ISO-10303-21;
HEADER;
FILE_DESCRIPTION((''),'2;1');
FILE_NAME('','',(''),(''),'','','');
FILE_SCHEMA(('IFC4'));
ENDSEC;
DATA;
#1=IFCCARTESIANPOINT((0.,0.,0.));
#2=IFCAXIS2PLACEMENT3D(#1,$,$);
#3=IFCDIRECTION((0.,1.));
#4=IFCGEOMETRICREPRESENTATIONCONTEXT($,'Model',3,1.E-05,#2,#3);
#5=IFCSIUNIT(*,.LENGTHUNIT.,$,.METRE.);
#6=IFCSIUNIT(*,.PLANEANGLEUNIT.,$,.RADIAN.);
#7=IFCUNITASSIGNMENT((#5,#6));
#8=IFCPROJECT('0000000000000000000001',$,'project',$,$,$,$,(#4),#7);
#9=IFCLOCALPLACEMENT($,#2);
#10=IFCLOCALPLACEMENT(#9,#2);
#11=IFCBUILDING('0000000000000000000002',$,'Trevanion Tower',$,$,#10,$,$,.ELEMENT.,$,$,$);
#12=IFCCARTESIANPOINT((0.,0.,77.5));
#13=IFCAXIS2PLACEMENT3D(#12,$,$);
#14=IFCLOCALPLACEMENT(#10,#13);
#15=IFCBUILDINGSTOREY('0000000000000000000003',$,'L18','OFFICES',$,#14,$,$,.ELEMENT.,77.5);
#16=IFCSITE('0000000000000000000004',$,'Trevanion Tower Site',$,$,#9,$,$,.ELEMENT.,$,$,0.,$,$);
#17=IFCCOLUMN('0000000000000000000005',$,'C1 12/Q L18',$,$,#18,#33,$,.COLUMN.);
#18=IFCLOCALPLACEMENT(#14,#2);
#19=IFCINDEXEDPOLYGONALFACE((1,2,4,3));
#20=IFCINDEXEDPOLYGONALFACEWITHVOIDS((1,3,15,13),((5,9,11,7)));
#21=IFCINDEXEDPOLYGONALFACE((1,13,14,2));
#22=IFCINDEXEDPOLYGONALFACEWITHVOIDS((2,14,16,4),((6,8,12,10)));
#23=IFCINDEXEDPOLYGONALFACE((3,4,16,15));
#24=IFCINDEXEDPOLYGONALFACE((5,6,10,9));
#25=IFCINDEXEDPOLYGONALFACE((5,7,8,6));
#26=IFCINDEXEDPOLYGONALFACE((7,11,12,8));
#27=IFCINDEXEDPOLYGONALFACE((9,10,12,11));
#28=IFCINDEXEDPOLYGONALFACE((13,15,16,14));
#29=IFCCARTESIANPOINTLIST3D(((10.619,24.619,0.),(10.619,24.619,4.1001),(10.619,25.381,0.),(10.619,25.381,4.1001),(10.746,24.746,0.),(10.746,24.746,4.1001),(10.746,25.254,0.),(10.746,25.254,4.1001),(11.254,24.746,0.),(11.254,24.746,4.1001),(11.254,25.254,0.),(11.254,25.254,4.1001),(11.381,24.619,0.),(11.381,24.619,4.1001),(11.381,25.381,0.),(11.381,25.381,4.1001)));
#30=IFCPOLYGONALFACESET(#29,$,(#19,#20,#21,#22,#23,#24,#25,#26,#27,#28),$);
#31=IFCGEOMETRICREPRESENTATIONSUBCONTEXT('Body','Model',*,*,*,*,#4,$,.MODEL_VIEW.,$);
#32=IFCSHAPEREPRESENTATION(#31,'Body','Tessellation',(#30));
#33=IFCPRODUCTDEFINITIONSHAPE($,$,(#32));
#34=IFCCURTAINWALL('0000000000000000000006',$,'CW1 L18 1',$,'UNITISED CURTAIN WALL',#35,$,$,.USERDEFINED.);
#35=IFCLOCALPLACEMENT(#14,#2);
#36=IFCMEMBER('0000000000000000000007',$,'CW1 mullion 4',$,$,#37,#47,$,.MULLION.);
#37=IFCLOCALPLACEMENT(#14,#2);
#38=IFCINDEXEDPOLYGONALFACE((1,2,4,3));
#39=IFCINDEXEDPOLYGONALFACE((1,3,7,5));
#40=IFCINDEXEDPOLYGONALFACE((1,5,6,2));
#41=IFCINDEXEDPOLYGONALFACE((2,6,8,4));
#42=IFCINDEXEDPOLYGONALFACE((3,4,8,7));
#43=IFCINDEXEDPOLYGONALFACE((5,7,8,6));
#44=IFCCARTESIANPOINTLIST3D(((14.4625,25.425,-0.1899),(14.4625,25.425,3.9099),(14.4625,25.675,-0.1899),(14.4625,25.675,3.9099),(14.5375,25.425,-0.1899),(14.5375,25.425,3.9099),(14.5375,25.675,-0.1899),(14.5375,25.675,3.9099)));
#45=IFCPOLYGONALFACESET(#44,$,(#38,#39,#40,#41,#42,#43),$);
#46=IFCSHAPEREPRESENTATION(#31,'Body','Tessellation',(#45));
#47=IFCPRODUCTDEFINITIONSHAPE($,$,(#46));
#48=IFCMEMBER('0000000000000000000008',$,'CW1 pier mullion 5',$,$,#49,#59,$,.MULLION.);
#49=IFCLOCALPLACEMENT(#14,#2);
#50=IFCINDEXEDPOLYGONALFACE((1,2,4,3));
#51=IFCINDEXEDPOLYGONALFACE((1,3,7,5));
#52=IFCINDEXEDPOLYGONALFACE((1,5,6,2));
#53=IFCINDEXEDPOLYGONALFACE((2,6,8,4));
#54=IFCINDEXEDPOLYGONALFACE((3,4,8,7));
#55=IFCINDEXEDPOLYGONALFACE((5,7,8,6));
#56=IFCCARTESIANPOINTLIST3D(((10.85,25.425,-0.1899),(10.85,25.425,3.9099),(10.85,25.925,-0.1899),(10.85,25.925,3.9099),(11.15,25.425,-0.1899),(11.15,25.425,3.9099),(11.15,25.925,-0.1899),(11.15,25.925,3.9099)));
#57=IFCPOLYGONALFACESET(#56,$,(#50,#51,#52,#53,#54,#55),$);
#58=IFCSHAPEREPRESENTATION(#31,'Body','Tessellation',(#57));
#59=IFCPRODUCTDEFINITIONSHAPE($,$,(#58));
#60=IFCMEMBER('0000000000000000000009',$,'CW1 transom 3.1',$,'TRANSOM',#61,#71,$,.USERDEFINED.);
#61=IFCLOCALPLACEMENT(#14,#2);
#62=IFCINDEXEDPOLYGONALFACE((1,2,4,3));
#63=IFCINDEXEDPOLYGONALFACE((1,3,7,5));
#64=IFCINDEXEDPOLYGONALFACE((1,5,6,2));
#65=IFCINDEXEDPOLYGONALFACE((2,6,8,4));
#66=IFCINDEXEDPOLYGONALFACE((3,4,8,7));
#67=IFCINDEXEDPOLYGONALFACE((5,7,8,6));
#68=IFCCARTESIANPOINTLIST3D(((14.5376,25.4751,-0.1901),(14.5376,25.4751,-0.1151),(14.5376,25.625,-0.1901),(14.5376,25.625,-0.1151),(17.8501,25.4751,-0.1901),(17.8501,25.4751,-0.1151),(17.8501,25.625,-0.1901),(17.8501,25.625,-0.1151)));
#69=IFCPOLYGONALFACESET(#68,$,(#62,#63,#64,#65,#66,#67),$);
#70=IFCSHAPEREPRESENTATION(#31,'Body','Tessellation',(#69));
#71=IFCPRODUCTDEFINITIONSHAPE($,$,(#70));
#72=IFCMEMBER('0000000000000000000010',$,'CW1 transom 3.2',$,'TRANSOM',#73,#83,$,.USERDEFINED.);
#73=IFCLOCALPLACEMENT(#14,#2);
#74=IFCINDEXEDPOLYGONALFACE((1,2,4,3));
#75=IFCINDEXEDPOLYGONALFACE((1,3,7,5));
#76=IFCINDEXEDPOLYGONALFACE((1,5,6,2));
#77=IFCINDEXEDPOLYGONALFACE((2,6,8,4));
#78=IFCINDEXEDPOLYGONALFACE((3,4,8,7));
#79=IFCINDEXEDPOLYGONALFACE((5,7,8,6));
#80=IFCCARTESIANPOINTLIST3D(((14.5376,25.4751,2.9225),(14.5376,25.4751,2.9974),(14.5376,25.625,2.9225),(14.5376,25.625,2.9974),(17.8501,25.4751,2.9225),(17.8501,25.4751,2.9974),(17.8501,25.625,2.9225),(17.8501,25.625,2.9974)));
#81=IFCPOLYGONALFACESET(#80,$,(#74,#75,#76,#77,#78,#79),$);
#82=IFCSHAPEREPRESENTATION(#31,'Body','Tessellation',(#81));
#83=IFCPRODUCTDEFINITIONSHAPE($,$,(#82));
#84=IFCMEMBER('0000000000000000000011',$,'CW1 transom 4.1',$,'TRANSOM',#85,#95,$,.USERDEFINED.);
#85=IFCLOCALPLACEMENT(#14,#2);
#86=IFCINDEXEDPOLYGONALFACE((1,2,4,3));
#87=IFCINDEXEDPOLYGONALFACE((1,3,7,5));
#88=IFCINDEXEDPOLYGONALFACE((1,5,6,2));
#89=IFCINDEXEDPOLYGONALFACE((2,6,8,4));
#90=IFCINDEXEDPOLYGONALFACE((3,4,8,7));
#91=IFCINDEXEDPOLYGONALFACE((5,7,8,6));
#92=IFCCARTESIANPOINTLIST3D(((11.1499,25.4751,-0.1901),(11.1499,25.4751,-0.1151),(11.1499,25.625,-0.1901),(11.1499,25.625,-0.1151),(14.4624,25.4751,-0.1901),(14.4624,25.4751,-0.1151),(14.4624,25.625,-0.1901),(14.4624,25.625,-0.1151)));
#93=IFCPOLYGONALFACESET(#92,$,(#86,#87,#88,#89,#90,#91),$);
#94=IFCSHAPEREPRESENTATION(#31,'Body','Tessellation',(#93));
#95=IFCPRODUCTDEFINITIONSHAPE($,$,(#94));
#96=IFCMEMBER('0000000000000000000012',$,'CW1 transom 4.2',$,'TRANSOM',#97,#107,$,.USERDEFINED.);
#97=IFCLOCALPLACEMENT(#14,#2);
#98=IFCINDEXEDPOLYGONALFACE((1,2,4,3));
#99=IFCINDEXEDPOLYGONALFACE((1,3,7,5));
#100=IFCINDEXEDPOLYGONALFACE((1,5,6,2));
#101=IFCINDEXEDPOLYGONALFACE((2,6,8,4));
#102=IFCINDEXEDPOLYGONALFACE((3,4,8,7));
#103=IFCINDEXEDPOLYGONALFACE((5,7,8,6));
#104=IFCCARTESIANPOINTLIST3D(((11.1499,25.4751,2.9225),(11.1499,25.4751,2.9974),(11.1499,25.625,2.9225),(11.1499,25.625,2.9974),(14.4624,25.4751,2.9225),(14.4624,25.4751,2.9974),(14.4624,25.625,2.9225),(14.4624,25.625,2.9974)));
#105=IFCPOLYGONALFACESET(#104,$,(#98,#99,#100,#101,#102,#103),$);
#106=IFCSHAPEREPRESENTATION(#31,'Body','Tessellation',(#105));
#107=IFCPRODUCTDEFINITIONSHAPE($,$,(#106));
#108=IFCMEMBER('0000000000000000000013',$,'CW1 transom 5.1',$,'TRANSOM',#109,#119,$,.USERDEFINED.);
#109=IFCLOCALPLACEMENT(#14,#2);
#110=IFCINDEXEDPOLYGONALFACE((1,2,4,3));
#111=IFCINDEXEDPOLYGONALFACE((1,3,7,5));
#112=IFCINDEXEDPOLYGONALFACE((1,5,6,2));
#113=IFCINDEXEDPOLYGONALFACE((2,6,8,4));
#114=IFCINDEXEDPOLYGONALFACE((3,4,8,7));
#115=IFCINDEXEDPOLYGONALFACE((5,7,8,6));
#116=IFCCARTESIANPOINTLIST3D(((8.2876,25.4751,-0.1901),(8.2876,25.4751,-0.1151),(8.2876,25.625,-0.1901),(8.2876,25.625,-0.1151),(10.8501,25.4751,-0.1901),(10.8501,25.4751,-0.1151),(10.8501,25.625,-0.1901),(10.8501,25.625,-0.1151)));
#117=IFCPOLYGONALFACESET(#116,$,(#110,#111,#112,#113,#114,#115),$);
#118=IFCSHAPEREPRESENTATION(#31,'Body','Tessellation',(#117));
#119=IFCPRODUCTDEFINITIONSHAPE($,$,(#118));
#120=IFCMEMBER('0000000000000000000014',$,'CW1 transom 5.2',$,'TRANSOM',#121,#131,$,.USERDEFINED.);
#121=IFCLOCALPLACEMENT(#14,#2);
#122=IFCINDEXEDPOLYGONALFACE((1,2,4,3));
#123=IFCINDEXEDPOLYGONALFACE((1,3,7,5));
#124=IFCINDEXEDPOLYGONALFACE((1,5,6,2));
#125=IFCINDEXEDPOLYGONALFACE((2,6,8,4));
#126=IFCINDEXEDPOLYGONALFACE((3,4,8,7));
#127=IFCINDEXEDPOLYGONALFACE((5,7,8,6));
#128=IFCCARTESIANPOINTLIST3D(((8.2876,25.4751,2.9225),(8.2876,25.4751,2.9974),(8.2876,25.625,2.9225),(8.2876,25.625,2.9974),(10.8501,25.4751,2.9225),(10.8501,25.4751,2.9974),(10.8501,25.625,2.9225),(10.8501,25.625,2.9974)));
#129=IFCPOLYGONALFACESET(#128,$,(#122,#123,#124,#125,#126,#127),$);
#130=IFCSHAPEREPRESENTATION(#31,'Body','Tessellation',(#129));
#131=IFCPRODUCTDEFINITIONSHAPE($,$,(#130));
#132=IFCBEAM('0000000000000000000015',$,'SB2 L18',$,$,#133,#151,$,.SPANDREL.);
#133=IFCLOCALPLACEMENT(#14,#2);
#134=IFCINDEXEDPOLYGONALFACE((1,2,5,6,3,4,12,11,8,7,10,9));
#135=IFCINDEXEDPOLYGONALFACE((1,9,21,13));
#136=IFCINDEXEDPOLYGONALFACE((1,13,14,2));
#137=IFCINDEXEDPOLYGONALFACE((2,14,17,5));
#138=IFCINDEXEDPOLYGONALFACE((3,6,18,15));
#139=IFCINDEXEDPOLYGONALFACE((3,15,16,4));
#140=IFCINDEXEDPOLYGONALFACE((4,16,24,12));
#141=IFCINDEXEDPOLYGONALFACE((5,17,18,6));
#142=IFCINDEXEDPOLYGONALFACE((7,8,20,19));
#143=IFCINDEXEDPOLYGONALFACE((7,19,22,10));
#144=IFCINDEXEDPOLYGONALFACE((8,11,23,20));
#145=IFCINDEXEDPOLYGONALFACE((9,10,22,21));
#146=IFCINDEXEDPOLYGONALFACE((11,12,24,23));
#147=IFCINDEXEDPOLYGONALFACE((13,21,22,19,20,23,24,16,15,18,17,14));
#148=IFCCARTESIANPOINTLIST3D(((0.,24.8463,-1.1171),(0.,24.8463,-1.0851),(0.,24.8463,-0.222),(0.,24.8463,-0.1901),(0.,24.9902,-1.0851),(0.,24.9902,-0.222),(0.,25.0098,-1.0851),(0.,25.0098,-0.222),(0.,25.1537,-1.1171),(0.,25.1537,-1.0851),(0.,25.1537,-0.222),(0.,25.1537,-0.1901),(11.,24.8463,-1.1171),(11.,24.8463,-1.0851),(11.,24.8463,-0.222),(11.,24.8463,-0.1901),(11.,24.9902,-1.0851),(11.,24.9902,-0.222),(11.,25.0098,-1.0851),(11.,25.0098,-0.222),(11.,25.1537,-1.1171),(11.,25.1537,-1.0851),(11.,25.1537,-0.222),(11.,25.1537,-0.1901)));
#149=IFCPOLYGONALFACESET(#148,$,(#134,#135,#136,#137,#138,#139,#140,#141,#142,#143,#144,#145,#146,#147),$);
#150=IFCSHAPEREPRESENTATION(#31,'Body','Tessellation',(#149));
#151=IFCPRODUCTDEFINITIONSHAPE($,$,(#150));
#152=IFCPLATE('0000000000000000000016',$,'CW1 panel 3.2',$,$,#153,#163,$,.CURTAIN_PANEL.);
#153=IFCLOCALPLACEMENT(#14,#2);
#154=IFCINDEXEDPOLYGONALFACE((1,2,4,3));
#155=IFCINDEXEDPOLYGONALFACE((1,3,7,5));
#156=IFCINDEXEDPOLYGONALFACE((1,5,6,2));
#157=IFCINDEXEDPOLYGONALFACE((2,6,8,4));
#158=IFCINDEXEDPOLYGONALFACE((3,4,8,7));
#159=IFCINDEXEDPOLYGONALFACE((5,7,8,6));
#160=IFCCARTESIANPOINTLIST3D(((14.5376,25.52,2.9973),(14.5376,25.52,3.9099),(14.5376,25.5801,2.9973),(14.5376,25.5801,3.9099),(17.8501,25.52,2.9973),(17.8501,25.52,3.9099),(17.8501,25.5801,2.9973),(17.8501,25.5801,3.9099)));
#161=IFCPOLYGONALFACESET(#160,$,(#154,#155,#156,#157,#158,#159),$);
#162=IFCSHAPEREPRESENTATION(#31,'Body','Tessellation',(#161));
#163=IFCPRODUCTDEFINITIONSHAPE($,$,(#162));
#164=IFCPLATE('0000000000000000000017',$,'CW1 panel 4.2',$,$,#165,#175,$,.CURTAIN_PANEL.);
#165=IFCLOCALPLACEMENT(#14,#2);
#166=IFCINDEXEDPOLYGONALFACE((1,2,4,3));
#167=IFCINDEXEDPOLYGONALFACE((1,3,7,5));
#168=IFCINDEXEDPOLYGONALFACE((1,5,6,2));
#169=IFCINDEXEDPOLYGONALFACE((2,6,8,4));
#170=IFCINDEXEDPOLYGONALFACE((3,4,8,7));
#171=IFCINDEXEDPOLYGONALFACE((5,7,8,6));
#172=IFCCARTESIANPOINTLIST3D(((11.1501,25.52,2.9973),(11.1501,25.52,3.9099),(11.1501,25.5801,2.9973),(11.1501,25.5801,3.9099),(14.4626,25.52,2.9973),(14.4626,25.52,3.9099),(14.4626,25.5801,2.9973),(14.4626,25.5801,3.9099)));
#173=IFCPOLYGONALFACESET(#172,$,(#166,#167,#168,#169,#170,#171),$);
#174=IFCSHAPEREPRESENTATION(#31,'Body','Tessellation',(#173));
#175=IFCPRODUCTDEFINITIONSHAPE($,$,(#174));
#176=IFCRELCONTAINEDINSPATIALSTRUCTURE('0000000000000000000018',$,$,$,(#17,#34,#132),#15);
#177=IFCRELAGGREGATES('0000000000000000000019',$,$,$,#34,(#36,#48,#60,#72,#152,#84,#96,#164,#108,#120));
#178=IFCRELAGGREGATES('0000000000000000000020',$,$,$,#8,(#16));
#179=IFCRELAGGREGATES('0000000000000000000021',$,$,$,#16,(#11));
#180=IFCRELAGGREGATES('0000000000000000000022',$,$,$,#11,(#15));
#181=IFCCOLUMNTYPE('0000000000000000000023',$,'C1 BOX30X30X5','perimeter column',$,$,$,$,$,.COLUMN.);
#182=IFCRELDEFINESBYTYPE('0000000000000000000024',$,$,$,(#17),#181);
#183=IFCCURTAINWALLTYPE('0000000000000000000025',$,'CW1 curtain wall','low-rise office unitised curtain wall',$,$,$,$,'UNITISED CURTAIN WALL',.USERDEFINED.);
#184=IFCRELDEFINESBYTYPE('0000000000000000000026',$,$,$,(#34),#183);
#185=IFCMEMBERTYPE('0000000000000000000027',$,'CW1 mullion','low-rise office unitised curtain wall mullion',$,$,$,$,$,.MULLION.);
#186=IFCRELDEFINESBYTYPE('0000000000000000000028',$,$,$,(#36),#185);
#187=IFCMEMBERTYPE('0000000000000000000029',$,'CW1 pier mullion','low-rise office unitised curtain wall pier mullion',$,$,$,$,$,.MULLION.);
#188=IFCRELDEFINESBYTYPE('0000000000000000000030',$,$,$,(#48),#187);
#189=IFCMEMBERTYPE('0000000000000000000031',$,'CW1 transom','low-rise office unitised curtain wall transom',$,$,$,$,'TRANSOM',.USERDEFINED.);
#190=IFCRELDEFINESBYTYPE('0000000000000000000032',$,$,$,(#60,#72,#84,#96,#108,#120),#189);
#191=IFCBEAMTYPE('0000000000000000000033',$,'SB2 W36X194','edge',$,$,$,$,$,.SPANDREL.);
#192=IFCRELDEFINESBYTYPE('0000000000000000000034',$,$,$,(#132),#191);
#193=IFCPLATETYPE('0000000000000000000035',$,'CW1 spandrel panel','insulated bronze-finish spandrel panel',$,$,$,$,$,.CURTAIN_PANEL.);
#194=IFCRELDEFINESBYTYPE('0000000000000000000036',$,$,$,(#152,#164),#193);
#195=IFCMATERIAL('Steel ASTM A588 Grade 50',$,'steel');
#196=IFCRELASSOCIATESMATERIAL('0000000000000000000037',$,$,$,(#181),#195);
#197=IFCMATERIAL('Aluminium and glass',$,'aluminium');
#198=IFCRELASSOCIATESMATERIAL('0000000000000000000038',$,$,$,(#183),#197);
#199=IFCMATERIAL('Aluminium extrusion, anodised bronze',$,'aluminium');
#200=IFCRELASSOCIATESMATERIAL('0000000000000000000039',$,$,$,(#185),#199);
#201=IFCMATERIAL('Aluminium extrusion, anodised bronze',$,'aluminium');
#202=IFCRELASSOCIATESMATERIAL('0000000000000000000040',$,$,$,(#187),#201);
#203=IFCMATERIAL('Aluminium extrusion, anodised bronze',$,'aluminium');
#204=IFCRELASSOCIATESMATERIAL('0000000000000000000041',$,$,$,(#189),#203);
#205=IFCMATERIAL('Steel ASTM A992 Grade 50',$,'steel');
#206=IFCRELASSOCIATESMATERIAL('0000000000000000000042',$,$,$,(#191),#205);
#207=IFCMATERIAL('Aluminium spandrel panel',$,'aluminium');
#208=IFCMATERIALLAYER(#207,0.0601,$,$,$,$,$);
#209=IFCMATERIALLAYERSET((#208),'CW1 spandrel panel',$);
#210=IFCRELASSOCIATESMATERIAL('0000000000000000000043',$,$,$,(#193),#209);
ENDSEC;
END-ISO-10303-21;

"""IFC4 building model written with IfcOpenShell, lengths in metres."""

from ifc_helpers import new_model, si_unit, direction, frame, origin, origin_2d, place, context, subcontext, project, spatial, rectangle, hollow_rectangle, i_section, extrude, material, layer, layer_set, material_profile, profile_set, type_object, element, aggregate, save


model = new_model("IFC4")

# Units and contexts
model_context = context("Model", 3, precision=1e-05, world=origin(), true_north=direction((0.0, 1.0)))
body_context = subcontext(model_context, "Body", "Model", "MODEL_VIEW")
ifc_project = project(units=[si_unit("LENGTHUNIT", "METRE"), si_unit("PLANEANGLEUNIT", "RADIAN")], contexts=[model_context])

# Site, building, storey
site_placement = place(None, origin())
site = spatial("IfcSite", under=ifc_project, at=site_placement, Name="Trevanion Tower Site", CompositionType="ELEMENT", RefElevation=0.0)
building_placement = place(site_placement, origin())
building = spatial("IfcBuilding", under=site, at=building_placement, Name="Trevanion Tower", CompositionType="ELEMENT")
storey_placement = place(building_placement, frame((0.0, 0.0, 77.5)))
storey = spatial("IfcBuildingStorey", under=building, at=storey_placement, Name="L18", Description="OFFICES", CompositionType="ELEMENT", Elevation=77.5)

# Column
ifc_material_1 = material(Name="Steel ASTM A588 Grade 50", Category="steel")
ifc_material_profile_1 = material_profile(ifc_material_1, hollow_rectangle(XDim=0.762, YDim=0.762, WallThickness=0.127, at=origin_2d()), Name="BOX30X30X5")
ifc_profile_set_1 = profile_set([ifc_material_profile_1], Name="Steel ASTM A588 Grade 50")
column_type = type_object("IfcColumnType", Name="C1 BOX30X30X5", Description="perimeter column", PredefinedType="COLUMN", material=ifc_profile_set_1)
column_placement = place(storey_placement, frame((11.0, 25.0, 0.0), z_axis=(0.0, 0.0, 1.0), x_axis=(1.0, 0.0, 0.0)))
element("IfcColumn", 1, at=column_placement, inside=storey, type_object=column_type, Name="C1 12/Q L18", PredefinedType="COLUMN", context=body_context, shape_type="SweptSolid", body=[
    extrude(hollow_rectangle(XDim=0.762, YDim=0.762, WallThickness=0.127, at=origin_2d()), origin(), (0.0, 0.0, 1.0), 4.1001),
])

# Curtain wall, members
ifc_material_2 = material(Name="Aluminium and glass", Category="aluminium")
curtain_wall_type = type_object("IfcCurtainWallType", Name="CW1 curtain wall", Description="low-rise office unitised curtain wall", ElementType="UNITISED CURTAIN WALL", PredefinedType="USERDEFINED", material=ifc_material_2)
curtain_wall_placement = place(storey_placement, origin())
curtain_wall = element("IfcCurtainWall", 2, at=curtain_wall_placement, inside=storey, type_object=curtain_wall_type, Name="CW1 L18 1", ObjectType="UNITISED CURTAIN WALL", PredefinedType="USERDEFINED")
ifc_material_3 = material(Name="Aluminium extrusion, anodised bronze", Category="aluminium")
ifc_material_profile_2 = material_profile(ifc_material_3, rectangle(XDim=0.075, YDim=0.25, at=origin_2d()), Name="CW1 mullion")
ifc_profile_set_2 = profile_set([ifc_material_profile_2], Name="Aluminium extrusion, anodised bronze")
member_type_1 = type_object("IfcMemberType", Name="CW1 mullion", Description="low-rise office unitised curtain wall mullion", PredefinedType="MULLION", material=ifc_profile_set_2)
member_1_placement = place(storey_placement, frame((14.5, 25.55, -0.1899), z_axis=(0.0, 0.0, 1.0), x_axis=(-1.0, 0.0, 0.0)))
member_1 = element("IfcMember", 3, at=member_1_placement, type_object=member_type_1, Name="CW1 mullion 4", PredefinedType="MULLION", context=body_context, shape_type="SweptSolid", body=[
    extrude(rectangle(XDim=0.075, YDim=0.25, at=origin_2d()), origin(), (0.0, 0.0, 1.0), 4.0999),
])
ifc_material_4 = material(Name="Aluminium extrusion, anodised bronze", Category="aluminium")
ifc_material_profile_3 = material_profile(ifc_material_4, rectangle(XDim=0.3, YDim=0.5, at=origin_2d()), Name="CW1 pier mullion")
ifc_profile_set_3 = profile_set([ifc_material_profile_3], Name="Aluminium extrusion, anodised bronze")
member_type_2 = type_object("IfcMemberType", Name="CW1 pier mullion", Description="low-rise office unitised curtain wall pier mullion", PredefinedType="MULLION", material=ifc_profile_set_3)
member_2_placement = place(storey_placement, frame((11.0, 25.675, -0.1899), z_axis=(0.0, 0.0, 1.0), x_axis=(-1.0, 0.0, 0.0)))
member_2 = element("IfcMember", 4, at=member_2_placement, type_object=member_type_2, Name="CW1 pier mullion 5", PredefinedType="MULLION", context=body_context, shape_type="SweptSolid", body=[
    extrude(rectangle(XDim=0.3, YDim=0.5, at=origin_2d()), origin(), (0.0, 0.0, 1.0), 4.0999),
])
ifc_material_5 = material(Name="Aluminium extrusion, anodised bronze", Category="aluminium")
ifc_material_profile_4 = material_profile(ifc_material_5, rectangle(XDim=0.1499, YDim=0.075, at=origin_2d()), Name="CW1 transom")
ifc_profile_set_4 = profile_set([ifc_material_profile_4], Name="Aluminium extrusion, anodised bronze")
member_type_3 = type_object("IfcMemberType", Name="CW1 transom", Description="low-rise office unitised curtain wall transom", ElementType="TRANSOM", PredefinedType="USERDEFINED", material=ifc_profile_set_4)
member_3_placement = place(storey_placement, frame((17.8501, 25.55, -0.1526), z_axis=(-1.0, 0.0, 0.0), x_axis=(0.0, -1.0, 0.0)))
member_3 = element("IfcMember", 5, at=member_3_placement, type_object=member_type_3, Name="CW1 transom 3.1", ObjectType="TRANSOM", PredefinedType="USERDEFINED", context=body_context, shape_type="SweptSolid", body=[
    extrude(rectangle(XDim=0.1499, YDim=0.075, at=origin_2d()), origin(), (0.0, 0.0, 1.0), 3.3125),
])
member_4_placement = place(storey_placement, frame((17.8501, 25.55, 2.96), z_axis=(-1.0, 0.0, 0.0), x_axis=(0.0, -1.0, 0.0)))
member_4 = element("IfcMember", 6, at=member_4_placement, type_object=member_type_3, Name="CW1 transom 3.2", ObjectType="TRANSOM", PredefinedType="USERDEFINED", context=body_context, shape_type="SweptSolid", body=[
    extrude(rectangle(XDim=0.1499, YDim=0.075, at=origin_2d()), origin(), (0.0, 0.0, 1.0), 3.3125),
])
member_5_placement = place(storey_placement, frame((14.4624, 25.55, -0.1526), z_axis=(-1.0, 0.0, 0.0), x_axis=(0.0, -1.0, 0.0)))
member_5 = element("IfcMember", 7, at=member_5_placement, type_object=member_type_3, Name="CW1 transom 4.1", ObjectType="TRANSOM", PredefinedType="USERDEFINED", context=body_context, shape_type="SweptSolid", body=[
    extrude(rectangle(XDim=0.1499, YDim=0.075, at=origin_2d()), origin(), (0.0, 0.0, 1.0), 3.3125),
])
member_6_placement = place(storey_placement, frame((14.4624, 25.55, 2.96), z_axis=(-1.0, 0.0, 0.0), x_axis=(0.0, -1.0, 0.0)))
member_6 = element("IfcMember", 8, at=member_6_placement, type_object=member_type_3, Name="CW1 transom 4.2", ObjectType="TRANSOM", PredefinedType="USERDEFINED", context=body_context, shape_type="SweptSolid", body=[
    extrude(rectangle(XDim=0.1499, YDim=0.075, at=origin_2d()), origin(), (0.0, 0.0, 1.0), 3.3125),
])
member_7_placement = place(storey_placement, frame((10.8501, 25.55, -0.1526), z_axis=(-1.0, 0.0, 0.0), x_axis=(0.0, -1.0, 0.0)))
member_7 = element("IfcMember", 9, at=member_7_placement, type_object=member_type_3, Name="CW1 transom 5.1", ObjectType="TRANSOM", PredefinedType="USERDEFINED", context=body_context, shape_type="SweptSolid", body=[
    extrude(rectangle(XDim=0.1499, YDim=0.075, at=origin_2d()), origin(), (0.0, 0.0, 1.0), 2.5625),
])
member_8_placement = place(storey_placement, frame((10.8501, 25.55, 2.96), z_axis=(-1.0, 0.0, 0.0), x_axis=(0.0, -1.0, 0.0)))
member_8 = element("IfcMember", 10, at=member_8_placement, type_object=member_type_3, Name="CW1 transom 5.2", ObjectType="TRANSOM", PredefinedType="USERDEFINED", context=body_context, shape_type="SweptSolid", body=[
    extrude(rectangle(XDim=0.1499, YDim=0.075, at=origin_2d()), origin(), (0.0, 0.0, 1.0), 2.5625),
])

# Beam
ifc_material_6 = material(Name="Steel ASTM A992 Grade 50", Category="steel")
ifc_material_profile_5 = material_profile(ifc_material_6, i_section(OverallWidth=0.3074, OverallDepth=0.927, WebThickness=0.0195, FlangeThickness=0.032, at=origin_2d()), Name="W36X194")
ifc_profile_set_5 = profile_set([ifc_material_profile_5], Name="Steel ASTM A992 Grade 50")
beam_type = type_object("IfcBeamType", Name="SB2 W36X194", Description="edge", PredefinedType="SPANDREL", material=ifc_profile_set_5)
beam_placement = place(storey_placement, frame((11.0, 25.0, -0.6536), z_axis=(-1.0, 0.0, 0.0), x_axis=(0.0, -1.0, 0.0)))
element("IfcBeam", 11, at=beam_placement, inside=storey, type_object=beam_type, Name="SB2 L18", PredefinedType="SPANDREL", context=body_context, shape_type="SweptSolid", body=[
    extrude(i_section(OverallWidth=0.3074, OverallDepth=0.927, WebThickness=0.0195, FlangeThickness=0.032, at=origin_2d()), origin(), (0.0, 0.0, 1.0), 11.0),
])

# Plates
ifc_material_7 = material(Name="Aluminium spandrel panel", Category="aluminium")
ifc_layer_1 = layer(ifc_material_7, 0.0601)
ifc_layer_set_1 = layer_set([ifc_layer_1], Name="CW1 spandrel panel")
plate_type_1 = type_object("IfcPlateType", Name="CW1 spandrel panel", Description="insulated bronze-finish spandrel panel", PredefinedType="CURTAIN_PANEL", material=ifc_layer_set_1)
plate_1_placement = place(storey_placement, frame((16.1938, 25.55, 2.9973), z_axis=(0.0, 0.0, 1.0), x_axis=(-1.0, 0.0, 0.0)))
plate_1 = element("IfcPlate", 12, at=plate_1_placement, type_object=plate_type_1, Name="CW1 panel 3.2", PredefinedType="CURTAIN_PANEL", context=body_context, shape_type="SweptSolid", body=[
    extrude(rectangle(XDim=3.3125, YDim=0.0601, at=origin_2d()), origin(), (0.0, 0.0, 1.0), 0.9126),
])
plate_2_placement = place(storey_placement, frame((12.8064, 25.55, 2.9973), z_axis=(0.0, 0.0, 1.0), x_axis=(-1.0, 0.0, 0.0)))
plate_2 = element("IfcPlate", 13, at=plate_2_placement, type_object=plate_type_1, Name="CW1 panel 4.2", PredefinedType="CURTAIN_PANEL", context=body_context, shape_type="SweptSolid", body=[
    extrude(rectangle(XDim=3.3125, YDim=0.0601, at=origin_2d()), origin(), (0.0, 0.0, 1.0), 0.9126),
])
aggregate(curtain_wall, [member_1, member_2, member_3, member_4, plate_1, member_5, member_6, plate_2, member_7, member_8])

save(model, "model.ifc")
